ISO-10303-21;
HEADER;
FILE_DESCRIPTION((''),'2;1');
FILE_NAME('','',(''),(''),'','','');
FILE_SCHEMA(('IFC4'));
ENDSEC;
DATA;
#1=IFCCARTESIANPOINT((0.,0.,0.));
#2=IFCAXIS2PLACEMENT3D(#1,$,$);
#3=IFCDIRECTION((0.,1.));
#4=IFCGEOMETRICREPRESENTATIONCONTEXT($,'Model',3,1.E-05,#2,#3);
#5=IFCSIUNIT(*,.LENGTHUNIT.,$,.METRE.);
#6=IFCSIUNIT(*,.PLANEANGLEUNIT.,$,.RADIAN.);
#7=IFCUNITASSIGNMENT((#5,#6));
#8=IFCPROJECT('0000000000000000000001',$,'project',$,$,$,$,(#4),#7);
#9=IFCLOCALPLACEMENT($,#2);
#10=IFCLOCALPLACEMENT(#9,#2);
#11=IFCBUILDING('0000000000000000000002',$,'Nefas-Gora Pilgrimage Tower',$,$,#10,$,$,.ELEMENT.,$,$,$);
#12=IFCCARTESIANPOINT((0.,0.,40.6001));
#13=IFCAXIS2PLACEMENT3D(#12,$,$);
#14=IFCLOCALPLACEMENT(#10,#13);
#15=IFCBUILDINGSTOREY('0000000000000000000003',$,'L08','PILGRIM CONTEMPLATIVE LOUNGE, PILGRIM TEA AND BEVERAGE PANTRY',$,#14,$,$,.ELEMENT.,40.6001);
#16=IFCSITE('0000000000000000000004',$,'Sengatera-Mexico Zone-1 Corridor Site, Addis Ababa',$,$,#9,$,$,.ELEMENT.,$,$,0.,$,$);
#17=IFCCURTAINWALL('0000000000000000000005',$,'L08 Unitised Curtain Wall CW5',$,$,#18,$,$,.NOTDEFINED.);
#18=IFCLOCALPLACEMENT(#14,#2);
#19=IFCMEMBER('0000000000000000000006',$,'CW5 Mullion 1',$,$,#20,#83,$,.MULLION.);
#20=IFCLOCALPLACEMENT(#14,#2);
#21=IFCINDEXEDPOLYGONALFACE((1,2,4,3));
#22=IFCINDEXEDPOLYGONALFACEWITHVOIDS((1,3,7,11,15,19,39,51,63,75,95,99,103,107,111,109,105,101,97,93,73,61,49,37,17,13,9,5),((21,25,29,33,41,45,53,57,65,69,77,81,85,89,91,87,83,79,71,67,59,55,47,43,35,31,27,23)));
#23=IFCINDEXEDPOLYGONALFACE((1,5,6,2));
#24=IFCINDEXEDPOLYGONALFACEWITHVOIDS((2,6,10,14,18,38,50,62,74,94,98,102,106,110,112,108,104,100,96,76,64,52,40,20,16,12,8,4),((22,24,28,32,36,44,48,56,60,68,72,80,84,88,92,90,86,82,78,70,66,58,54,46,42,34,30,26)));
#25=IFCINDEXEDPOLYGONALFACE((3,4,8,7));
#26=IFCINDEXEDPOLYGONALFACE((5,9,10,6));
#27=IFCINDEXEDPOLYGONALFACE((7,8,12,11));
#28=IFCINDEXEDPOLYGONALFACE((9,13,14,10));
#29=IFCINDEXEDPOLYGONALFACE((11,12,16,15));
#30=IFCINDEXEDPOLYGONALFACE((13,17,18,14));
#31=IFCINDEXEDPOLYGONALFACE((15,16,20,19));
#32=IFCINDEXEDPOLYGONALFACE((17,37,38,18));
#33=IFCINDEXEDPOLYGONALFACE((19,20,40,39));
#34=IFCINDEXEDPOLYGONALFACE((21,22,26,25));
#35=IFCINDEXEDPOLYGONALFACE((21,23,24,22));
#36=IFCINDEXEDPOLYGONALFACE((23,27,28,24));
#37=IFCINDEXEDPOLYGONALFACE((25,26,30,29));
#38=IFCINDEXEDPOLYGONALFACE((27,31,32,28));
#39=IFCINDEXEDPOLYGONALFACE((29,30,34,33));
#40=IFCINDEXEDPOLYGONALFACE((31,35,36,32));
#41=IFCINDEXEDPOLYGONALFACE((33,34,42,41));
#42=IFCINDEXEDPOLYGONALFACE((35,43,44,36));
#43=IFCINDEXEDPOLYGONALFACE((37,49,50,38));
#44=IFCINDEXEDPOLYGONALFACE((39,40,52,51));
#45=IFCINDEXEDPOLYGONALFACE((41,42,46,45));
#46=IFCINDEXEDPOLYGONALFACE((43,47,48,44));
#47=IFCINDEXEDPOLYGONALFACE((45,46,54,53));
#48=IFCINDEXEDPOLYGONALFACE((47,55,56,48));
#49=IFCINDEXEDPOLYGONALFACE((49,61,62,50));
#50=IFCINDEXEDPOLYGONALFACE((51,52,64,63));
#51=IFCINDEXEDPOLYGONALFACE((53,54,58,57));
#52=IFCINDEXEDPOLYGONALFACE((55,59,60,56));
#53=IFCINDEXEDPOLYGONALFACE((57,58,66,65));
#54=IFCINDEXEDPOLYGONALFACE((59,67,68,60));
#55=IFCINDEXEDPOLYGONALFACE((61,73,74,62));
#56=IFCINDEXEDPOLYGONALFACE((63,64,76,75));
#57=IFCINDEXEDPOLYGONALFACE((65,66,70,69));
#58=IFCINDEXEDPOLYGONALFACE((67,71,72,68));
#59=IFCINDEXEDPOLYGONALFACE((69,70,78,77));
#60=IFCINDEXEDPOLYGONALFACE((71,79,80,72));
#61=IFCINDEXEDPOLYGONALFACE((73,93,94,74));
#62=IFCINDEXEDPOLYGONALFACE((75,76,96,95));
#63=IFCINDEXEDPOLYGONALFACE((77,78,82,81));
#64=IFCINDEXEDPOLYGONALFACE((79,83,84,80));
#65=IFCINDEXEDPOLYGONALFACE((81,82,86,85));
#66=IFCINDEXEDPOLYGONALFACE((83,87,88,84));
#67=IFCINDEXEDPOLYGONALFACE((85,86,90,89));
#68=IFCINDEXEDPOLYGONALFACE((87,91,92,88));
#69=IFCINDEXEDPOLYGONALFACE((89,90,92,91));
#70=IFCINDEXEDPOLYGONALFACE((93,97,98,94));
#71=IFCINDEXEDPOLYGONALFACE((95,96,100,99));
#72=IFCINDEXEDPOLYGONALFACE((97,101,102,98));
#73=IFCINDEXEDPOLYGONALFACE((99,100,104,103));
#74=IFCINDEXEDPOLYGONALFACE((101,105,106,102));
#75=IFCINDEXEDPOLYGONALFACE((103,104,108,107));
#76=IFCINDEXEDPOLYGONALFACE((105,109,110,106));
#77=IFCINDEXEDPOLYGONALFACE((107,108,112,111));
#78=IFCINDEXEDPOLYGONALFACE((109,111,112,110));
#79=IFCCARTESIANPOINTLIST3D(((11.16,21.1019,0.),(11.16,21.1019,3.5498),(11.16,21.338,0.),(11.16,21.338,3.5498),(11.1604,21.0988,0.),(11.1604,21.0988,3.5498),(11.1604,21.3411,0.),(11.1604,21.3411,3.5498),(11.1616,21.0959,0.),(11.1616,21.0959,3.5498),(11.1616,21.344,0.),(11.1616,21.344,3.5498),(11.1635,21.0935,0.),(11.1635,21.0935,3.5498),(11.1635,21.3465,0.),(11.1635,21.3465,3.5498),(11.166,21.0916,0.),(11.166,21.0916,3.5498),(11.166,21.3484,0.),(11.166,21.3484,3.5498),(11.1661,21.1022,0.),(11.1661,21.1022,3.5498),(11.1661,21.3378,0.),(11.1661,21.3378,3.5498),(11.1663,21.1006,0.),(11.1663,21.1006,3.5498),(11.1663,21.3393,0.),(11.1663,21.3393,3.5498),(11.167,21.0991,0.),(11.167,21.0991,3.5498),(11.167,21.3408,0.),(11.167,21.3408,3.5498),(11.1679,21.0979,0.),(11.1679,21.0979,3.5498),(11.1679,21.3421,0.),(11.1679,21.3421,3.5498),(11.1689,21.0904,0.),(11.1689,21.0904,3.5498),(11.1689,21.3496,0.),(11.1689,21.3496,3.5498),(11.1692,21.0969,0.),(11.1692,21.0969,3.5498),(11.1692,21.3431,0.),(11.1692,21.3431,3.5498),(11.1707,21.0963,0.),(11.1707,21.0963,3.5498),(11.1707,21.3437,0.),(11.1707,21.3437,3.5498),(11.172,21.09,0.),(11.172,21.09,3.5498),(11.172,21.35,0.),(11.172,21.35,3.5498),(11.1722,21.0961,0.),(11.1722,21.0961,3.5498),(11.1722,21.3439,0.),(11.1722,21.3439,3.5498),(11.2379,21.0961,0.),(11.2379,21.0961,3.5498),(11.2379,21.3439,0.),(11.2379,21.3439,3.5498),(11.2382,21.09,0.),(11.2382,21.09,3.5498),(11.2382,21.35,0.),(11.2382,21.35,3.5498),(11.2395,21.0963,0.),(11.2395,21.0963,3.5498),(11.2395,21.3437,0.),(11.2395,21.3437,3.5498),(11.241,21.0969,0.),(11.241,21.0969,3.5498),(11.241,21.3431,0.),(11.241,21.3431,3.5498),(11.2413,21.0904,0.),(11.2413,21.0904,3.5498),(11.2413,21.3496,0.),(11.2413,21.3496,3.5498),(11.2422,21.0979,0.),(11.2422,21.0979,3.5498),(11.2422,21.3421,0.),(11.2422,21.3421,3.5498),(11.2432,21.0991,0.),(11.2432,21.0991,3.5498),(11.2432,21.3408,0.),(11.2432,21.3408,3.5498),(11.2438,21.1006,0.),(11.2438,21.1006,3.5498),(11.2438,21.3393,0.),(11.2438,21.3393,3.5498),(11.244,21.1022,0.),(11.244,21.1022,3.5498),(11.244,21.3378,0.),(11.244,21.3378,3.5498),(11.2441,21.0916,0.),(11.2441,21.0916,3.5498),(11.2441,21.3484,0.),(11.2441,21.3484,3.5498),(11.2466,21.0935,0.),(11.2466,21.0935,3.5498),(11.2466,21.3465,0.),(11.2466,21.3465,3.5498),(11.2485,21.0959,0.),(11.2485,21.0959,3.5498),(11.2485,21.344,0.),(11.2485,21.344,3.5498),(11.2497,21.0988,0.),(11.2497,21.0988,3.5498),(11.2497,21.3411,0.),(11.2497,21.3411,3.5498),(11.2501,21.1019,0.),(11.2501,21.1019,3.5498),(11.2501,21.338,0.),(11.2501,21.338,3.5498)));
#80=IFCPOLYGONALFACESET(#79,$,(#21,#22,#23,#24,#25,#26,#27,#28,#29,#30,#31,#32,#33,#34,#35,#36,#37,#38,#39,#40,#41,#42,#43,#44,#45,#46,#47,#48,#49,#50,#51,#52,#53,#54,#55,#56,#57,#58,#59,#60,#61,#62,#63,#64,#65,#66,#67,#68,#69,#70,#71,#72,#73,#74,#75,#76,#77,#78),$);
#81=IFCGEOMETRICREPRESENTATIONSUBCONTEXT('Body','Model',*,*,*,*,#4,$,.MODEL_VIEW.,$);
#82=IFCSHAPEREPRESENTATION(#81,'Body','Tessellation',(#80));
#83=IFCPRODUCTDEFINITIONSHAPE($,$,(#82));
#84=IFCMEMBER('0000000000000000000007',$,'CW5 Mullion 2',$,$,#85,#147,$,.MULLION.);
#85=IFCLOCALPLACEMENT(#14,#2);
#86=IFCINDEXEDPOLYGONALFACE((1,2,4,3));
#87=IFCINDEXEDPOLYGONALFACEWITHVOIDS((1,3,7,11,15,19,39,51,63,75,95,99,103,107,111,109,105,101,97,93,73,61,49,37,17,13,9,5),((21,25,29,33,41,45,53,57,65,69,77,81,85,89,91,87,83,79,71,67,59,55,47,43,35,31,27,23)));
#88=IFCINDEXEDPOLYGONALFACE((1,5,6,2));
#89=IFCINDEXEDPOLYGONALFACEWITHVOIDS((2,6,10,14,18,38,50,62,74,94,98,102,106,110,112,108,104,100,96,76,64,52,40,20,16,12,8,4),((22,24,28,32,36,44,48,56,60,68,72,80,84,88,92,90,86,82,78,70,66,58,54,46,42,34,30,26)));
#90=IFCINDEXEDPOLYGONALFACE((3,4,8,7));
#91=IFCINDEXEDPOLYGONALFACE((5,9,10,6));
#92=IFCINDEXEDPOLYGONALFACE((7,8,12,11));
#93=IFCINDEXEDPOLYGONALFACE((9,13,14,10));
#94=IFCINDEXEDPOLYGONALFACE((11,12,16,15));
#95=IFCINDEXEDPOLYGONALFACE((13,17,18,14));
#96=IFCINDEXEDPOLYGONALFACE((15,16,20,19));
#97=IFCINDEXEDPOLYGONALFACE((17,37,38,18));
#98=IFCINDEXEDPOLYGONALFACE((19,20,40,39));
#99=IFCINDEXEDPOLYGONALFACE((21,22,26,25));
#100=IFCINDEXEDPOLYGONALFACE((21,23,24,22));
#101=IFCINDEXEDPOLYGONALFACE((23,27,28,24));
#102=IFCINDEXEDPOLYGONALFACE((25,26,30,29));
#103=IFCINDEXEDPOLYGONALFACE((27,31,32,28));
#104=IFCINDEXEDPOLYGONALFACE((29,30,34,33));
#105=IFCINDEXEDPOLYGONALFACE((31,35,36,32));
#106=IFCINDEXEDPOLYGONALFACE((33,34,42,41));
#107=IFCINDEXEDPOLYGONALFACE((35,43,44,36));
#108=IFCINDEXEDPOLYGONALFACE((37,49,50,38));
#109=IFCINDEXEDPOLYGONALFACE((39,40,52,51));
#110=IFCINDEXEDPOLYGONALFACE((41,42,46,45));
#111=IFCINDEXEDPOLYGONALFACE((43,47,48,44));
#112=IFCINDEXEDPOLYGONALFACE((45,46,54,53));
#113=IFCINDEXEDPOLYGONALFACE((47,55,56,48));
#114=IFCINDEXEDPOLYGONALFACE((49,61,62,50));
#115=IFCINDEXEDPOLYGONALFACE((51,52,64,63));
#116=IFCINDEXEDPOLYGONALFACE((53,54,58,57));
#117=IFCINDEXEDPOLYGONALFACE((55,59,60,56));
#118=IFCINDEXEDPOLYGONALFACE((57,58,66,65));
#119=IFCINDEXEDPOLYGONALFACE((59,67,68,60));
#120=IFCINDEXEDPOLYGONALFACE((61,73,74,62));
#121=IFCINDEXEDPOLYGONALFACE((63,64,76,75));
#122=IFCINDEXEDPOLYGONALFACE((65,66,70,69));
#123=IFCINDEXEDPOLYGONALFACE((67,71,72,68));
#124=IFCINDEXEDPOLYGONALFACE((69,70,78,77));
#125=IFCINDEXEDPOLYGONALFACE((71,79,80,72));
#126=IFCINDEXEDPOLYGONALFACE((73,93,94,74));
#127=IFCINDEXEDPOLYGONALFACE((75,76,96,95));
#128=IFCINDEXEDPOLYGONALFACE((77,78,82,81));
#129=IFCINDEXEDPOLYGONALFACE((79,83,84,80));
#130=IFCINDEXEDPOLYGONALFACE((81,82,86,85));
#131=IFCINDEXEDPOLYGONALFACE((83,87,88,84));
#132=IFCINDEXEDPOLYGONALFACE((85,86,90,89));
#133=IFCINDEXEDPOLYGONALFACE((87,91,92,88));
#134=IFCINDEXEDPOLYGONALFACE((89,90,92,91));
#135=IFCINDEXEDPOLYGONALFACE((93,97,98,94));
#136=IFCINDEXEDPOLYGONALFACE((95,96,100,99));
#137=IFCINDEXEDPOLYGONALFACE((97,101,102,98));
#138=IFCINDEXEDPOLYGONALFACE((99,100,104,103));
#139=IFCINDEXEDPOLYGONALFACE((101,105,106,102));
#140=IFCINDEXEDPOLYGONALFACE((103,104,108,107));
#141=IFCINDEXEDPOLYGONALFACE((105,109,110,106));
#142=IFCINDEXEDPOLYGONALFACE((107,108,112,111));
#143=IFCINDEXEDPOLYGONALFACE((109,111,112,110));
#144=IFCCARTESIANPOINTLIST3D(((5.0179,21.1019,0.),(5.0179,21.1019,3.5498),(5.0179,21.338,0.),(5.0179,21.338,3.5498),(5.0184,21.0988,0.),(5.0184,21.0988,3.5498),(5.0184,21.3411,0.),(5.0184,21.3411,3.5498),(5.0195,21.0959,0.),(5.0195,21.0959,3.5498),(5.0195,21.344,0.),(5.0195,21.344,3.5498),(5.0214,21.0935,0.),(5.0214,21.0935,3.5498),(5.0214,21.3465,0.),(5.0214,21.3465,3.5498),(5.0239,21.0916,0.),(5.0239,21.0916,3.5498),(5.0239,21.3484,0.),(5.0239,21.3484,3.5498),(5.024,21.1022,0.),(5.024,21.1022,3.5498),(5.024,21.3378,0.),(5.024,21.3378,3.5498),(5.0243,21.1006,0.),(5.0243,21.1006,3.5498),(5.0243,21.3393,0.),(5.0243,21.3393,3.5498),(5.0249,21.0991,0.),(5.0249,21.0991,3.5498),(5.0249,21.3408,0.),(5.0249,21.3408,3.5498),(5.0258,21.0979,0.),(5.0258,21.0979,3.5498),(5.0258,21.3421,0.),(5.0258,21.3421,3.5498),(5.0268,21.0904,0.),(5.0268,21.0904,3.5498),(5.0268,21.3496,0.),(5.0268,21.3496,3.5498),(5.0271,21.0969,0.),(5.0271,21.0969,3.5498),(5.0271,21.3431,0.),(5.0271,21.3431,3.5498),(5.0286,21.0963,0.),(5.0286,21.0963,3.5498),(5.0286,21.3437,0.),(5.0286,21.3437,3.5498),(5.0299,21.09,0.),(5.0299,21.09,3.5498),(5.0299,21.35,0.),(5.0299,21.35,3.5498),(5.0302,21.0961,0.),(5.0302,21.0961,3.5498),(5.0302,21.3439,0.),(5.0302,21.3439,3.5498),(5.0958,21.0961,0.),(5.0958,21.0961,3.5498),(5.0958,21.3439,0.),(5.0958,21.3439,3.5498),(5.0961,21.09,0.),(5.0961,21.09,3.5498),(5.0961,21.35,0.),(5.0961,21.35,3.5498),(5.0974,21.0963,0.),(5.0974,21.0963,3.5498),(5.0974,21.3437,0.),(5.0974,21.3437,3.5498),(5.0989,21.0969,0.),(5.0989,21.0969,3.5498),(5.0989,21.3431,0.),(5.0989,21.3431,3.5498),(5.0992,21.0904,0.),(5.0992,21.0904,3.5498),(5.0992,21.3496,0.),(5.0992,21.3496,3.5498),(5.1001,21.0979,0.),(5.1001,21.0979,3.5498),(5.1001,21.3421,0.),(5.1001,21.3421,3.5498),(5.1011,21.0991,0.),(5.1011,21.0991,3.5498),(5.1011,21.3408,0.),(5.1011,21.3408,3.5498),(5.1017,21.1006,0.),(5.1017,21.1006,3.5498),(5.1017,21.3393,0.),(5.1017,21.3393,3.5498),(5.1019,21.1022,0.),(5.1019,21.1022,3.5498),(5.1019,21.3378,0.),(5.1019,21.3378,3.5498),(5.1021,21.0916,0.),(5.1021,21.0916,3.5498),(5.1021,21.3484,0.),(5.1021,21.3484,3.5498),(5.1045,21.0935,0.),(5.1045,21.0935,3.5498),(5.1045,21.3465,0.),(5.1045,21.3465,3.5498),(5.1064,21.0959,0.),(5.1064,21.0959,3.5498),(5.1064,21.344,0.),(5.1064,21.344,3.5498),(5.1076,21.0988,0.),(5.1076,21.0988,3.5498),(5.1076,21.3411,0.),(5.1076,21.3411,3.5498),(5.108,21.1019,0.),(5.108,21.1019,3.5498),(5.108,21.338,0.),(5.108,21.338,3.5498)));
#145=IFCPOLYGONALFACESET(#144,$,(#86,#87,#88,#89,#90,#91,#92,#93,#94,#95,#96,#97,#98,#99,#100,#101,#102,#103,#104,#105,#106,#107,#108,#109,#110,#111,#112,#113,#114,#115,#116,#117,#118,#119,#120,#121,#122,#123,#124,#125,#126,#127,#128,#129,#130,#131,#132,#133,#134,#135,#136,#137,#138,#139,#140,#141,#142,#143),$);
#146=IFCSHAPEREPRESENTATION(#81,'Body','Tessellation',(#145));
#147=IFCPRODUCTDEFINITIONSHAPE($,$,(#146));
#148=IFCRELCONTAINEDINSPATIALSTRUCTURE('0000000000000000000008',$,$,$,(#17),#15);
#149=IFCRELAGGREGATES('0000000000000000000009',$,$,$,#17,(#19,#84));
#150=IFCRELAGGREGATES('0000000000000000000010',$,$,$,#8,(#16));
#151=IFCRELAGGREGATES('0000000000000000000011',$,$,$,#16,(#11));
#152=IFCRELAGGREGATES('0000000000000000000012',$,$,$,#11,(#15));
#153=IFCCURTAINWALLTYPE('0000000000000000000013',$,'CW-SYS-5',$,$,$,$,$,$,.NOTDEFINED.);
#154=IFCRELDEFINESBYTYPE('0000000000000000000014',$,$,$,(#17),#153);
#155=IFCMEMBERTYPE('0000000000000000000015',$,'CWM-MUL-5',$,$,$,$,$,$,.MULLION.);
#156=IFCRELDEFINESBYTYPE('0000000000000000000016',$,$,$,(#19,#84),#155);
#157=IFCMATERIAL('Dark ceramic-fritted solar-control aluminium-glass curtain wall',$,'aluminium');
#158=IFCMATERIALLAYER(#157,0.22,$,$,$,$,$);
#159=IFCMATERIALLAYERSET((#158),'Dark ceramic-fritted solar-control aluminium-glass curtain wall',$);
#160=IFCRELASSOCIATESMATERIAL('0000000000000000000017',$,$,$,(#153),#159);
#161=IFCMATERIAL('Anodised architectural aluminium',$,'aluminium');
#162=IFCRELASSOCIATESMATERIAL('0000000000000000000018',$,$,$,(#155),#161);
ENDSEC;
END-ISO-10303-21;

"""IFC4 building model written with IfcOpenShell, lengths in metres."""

from ifc_helpers import new_model, si_unit, direction, frame, origin, origin_2d, place, context, subcontext, project, spatial, hollow_rectangle, extrude, source, transform, mapped, material, layer, layer_set, material_profile, profile_set, type_object, element, aggregate, save


model = new_model("IFC4")

# Units and contexts
model_context = context("Model", 3, precision=1e-05, world=origin(), true_north=direction((0.0, 1.0)))
body_context = subcontext(model_context, "Body", "Model", "MODEL_VIEW")
ifc_project = project(units=[si_unit("LENGTHUNIT", "METRE"), si_unit("PLANEANGLEUNIT", "RADIAN")], contexts=[model_context])

# Site, building, storey
site_placement = place(None, origin())
site = spatial("IfcSite", under=ifc_project, at=site_placement, Name="Sengatera-Mexico Zone-1 Corridor Site, Addis Ababa", CompositionType="ELEMENT", RefElevation=0.0)
building_placement = place(site_placement, origin())
building = spatial("IfcBuilding", under=site, at=building_placement, Name="Nefas-Gora Pilgrimage Tower", CompositionType="ELEMENT")
storey_placement = place(building_placement, frame((0.0, 0.0, 40.6001)))
storey = spatial("IfcBuildingStorey", under=building, at=storey_placement, Name="L08", Description="PILGRIM CONTEMPLATIVE LOUNGE, PILGRIM TEA AND BEVERAGE PANTRY", CompositionType="ELEMENT", Elevation=40.6001)

# Curtain wall
ifc_material_1 = material(Name="Dark ceramic-fritted solar-control aluminium-glass curtain wall", Category="aluminium")
ifc_layer_1 = layer(ifc_material_1, 0.22)
ifc_layer_set_1 = layer_set([ifc_layer_1], Name="Dark ceramic-fritted solar-control aluminium-glass curtain wall")
curtain_wall_type_1 = type_object("IfcCurtainWallType", Name="CW-SYS-5", PredefinedType="NOTDEFINED", material=ifc_layer_set_1)
curtain_wall_1_placement = place(storey_placement, origin())
curtain_wall_1 = element("IfcCurtainWall", 1, at=curtain_wall_1_placement, inside=storey, type_object=curtain_wall_type_1, Name="L08 Unitised Curtain Wall CW5", PredefinedType="NOTDEFINED")
ifc_material_2 = material(Name="Anodised architectural aluminium", Category="aluminium")

# Members
ifc_material_profile_1 = material_profile(ifc_material_2, hollow_rectangle(XDim=0.0901, YDim=0.26, WallThickness=0.0061, InnerFilletRadius=0.0061, OuterFilletRadius=0.012, at=origin_2d()), Name="ALU MULLION 90x260")
ifc_profile_set_1 = profile_set([ifc_material_profile_1], Name="Anodised architectural aluminium")
member_type_1 = type_object("IfcMemberType", Name="CWM-MUL-5", PredefinedType="MULLION", material=ifc_profile_set_1)
shared_shape_1 = source(origin(), body_context, "Body", "SweptSolid", [
    extrude(hollow_rectangle(XDim=0.0901, YDim=0.26, WallThickness=0.0061, InnerFilletRadius=0.0061, OuterFilletRadius=0.012, at=origin_2d()), origin(), (0.0, 0.0, 1.0), 3.5498),
])
member_1_placement = place(storey_placement, frame((11.2051, 21.22, 0.0), z_axis=(0.0, 0.0, 1.0), x_axis=(-1.0, 0.0, 0.0)))
member_1 = element("IfcMember", 2, at=member_1_placement, type_object=member_type_1, Name="CW5 Mullion 1", PredefinedType="MULLION", context=body_context, shape_type="MappedRepresentation", body=[
    mapped(shared_shape_1, transform((0.0, 0.0, 0.0), x_axis=(1.0, 0.0, 0.0), y_axis=(0.0, 1.0, 0.0), z_axis=(0.0, 0.0, 1.0), scale=1.0)),
])
member_2_placement = place(storey_placement, frame((5.063, 21.22, 0.0), z_axis=(0.0, 0.0, 1.0), x_axis=(-1.0, 0.0, 0.0)))
member_2 = element("IfcMember", 3, at=member_2_placement, type_object=member_type_1, Name="CW5 Mullion 2", PredefinedType="MULLION", context=body_context, shape_type="MappedRepresentation", body=[
    mapped(shared_shape_1, transform((0.0, 0.0, 0.0), x_axis=(1.0, 0.0, 0.0), y_axis=(0.0, 1.0, 0.0), z_axis=(0.0, 0.0, 1.0), scale=1.0)),
])

aggregate(curtain_wall_1, [member_1, member_2])

save(model, "model.ifc")
